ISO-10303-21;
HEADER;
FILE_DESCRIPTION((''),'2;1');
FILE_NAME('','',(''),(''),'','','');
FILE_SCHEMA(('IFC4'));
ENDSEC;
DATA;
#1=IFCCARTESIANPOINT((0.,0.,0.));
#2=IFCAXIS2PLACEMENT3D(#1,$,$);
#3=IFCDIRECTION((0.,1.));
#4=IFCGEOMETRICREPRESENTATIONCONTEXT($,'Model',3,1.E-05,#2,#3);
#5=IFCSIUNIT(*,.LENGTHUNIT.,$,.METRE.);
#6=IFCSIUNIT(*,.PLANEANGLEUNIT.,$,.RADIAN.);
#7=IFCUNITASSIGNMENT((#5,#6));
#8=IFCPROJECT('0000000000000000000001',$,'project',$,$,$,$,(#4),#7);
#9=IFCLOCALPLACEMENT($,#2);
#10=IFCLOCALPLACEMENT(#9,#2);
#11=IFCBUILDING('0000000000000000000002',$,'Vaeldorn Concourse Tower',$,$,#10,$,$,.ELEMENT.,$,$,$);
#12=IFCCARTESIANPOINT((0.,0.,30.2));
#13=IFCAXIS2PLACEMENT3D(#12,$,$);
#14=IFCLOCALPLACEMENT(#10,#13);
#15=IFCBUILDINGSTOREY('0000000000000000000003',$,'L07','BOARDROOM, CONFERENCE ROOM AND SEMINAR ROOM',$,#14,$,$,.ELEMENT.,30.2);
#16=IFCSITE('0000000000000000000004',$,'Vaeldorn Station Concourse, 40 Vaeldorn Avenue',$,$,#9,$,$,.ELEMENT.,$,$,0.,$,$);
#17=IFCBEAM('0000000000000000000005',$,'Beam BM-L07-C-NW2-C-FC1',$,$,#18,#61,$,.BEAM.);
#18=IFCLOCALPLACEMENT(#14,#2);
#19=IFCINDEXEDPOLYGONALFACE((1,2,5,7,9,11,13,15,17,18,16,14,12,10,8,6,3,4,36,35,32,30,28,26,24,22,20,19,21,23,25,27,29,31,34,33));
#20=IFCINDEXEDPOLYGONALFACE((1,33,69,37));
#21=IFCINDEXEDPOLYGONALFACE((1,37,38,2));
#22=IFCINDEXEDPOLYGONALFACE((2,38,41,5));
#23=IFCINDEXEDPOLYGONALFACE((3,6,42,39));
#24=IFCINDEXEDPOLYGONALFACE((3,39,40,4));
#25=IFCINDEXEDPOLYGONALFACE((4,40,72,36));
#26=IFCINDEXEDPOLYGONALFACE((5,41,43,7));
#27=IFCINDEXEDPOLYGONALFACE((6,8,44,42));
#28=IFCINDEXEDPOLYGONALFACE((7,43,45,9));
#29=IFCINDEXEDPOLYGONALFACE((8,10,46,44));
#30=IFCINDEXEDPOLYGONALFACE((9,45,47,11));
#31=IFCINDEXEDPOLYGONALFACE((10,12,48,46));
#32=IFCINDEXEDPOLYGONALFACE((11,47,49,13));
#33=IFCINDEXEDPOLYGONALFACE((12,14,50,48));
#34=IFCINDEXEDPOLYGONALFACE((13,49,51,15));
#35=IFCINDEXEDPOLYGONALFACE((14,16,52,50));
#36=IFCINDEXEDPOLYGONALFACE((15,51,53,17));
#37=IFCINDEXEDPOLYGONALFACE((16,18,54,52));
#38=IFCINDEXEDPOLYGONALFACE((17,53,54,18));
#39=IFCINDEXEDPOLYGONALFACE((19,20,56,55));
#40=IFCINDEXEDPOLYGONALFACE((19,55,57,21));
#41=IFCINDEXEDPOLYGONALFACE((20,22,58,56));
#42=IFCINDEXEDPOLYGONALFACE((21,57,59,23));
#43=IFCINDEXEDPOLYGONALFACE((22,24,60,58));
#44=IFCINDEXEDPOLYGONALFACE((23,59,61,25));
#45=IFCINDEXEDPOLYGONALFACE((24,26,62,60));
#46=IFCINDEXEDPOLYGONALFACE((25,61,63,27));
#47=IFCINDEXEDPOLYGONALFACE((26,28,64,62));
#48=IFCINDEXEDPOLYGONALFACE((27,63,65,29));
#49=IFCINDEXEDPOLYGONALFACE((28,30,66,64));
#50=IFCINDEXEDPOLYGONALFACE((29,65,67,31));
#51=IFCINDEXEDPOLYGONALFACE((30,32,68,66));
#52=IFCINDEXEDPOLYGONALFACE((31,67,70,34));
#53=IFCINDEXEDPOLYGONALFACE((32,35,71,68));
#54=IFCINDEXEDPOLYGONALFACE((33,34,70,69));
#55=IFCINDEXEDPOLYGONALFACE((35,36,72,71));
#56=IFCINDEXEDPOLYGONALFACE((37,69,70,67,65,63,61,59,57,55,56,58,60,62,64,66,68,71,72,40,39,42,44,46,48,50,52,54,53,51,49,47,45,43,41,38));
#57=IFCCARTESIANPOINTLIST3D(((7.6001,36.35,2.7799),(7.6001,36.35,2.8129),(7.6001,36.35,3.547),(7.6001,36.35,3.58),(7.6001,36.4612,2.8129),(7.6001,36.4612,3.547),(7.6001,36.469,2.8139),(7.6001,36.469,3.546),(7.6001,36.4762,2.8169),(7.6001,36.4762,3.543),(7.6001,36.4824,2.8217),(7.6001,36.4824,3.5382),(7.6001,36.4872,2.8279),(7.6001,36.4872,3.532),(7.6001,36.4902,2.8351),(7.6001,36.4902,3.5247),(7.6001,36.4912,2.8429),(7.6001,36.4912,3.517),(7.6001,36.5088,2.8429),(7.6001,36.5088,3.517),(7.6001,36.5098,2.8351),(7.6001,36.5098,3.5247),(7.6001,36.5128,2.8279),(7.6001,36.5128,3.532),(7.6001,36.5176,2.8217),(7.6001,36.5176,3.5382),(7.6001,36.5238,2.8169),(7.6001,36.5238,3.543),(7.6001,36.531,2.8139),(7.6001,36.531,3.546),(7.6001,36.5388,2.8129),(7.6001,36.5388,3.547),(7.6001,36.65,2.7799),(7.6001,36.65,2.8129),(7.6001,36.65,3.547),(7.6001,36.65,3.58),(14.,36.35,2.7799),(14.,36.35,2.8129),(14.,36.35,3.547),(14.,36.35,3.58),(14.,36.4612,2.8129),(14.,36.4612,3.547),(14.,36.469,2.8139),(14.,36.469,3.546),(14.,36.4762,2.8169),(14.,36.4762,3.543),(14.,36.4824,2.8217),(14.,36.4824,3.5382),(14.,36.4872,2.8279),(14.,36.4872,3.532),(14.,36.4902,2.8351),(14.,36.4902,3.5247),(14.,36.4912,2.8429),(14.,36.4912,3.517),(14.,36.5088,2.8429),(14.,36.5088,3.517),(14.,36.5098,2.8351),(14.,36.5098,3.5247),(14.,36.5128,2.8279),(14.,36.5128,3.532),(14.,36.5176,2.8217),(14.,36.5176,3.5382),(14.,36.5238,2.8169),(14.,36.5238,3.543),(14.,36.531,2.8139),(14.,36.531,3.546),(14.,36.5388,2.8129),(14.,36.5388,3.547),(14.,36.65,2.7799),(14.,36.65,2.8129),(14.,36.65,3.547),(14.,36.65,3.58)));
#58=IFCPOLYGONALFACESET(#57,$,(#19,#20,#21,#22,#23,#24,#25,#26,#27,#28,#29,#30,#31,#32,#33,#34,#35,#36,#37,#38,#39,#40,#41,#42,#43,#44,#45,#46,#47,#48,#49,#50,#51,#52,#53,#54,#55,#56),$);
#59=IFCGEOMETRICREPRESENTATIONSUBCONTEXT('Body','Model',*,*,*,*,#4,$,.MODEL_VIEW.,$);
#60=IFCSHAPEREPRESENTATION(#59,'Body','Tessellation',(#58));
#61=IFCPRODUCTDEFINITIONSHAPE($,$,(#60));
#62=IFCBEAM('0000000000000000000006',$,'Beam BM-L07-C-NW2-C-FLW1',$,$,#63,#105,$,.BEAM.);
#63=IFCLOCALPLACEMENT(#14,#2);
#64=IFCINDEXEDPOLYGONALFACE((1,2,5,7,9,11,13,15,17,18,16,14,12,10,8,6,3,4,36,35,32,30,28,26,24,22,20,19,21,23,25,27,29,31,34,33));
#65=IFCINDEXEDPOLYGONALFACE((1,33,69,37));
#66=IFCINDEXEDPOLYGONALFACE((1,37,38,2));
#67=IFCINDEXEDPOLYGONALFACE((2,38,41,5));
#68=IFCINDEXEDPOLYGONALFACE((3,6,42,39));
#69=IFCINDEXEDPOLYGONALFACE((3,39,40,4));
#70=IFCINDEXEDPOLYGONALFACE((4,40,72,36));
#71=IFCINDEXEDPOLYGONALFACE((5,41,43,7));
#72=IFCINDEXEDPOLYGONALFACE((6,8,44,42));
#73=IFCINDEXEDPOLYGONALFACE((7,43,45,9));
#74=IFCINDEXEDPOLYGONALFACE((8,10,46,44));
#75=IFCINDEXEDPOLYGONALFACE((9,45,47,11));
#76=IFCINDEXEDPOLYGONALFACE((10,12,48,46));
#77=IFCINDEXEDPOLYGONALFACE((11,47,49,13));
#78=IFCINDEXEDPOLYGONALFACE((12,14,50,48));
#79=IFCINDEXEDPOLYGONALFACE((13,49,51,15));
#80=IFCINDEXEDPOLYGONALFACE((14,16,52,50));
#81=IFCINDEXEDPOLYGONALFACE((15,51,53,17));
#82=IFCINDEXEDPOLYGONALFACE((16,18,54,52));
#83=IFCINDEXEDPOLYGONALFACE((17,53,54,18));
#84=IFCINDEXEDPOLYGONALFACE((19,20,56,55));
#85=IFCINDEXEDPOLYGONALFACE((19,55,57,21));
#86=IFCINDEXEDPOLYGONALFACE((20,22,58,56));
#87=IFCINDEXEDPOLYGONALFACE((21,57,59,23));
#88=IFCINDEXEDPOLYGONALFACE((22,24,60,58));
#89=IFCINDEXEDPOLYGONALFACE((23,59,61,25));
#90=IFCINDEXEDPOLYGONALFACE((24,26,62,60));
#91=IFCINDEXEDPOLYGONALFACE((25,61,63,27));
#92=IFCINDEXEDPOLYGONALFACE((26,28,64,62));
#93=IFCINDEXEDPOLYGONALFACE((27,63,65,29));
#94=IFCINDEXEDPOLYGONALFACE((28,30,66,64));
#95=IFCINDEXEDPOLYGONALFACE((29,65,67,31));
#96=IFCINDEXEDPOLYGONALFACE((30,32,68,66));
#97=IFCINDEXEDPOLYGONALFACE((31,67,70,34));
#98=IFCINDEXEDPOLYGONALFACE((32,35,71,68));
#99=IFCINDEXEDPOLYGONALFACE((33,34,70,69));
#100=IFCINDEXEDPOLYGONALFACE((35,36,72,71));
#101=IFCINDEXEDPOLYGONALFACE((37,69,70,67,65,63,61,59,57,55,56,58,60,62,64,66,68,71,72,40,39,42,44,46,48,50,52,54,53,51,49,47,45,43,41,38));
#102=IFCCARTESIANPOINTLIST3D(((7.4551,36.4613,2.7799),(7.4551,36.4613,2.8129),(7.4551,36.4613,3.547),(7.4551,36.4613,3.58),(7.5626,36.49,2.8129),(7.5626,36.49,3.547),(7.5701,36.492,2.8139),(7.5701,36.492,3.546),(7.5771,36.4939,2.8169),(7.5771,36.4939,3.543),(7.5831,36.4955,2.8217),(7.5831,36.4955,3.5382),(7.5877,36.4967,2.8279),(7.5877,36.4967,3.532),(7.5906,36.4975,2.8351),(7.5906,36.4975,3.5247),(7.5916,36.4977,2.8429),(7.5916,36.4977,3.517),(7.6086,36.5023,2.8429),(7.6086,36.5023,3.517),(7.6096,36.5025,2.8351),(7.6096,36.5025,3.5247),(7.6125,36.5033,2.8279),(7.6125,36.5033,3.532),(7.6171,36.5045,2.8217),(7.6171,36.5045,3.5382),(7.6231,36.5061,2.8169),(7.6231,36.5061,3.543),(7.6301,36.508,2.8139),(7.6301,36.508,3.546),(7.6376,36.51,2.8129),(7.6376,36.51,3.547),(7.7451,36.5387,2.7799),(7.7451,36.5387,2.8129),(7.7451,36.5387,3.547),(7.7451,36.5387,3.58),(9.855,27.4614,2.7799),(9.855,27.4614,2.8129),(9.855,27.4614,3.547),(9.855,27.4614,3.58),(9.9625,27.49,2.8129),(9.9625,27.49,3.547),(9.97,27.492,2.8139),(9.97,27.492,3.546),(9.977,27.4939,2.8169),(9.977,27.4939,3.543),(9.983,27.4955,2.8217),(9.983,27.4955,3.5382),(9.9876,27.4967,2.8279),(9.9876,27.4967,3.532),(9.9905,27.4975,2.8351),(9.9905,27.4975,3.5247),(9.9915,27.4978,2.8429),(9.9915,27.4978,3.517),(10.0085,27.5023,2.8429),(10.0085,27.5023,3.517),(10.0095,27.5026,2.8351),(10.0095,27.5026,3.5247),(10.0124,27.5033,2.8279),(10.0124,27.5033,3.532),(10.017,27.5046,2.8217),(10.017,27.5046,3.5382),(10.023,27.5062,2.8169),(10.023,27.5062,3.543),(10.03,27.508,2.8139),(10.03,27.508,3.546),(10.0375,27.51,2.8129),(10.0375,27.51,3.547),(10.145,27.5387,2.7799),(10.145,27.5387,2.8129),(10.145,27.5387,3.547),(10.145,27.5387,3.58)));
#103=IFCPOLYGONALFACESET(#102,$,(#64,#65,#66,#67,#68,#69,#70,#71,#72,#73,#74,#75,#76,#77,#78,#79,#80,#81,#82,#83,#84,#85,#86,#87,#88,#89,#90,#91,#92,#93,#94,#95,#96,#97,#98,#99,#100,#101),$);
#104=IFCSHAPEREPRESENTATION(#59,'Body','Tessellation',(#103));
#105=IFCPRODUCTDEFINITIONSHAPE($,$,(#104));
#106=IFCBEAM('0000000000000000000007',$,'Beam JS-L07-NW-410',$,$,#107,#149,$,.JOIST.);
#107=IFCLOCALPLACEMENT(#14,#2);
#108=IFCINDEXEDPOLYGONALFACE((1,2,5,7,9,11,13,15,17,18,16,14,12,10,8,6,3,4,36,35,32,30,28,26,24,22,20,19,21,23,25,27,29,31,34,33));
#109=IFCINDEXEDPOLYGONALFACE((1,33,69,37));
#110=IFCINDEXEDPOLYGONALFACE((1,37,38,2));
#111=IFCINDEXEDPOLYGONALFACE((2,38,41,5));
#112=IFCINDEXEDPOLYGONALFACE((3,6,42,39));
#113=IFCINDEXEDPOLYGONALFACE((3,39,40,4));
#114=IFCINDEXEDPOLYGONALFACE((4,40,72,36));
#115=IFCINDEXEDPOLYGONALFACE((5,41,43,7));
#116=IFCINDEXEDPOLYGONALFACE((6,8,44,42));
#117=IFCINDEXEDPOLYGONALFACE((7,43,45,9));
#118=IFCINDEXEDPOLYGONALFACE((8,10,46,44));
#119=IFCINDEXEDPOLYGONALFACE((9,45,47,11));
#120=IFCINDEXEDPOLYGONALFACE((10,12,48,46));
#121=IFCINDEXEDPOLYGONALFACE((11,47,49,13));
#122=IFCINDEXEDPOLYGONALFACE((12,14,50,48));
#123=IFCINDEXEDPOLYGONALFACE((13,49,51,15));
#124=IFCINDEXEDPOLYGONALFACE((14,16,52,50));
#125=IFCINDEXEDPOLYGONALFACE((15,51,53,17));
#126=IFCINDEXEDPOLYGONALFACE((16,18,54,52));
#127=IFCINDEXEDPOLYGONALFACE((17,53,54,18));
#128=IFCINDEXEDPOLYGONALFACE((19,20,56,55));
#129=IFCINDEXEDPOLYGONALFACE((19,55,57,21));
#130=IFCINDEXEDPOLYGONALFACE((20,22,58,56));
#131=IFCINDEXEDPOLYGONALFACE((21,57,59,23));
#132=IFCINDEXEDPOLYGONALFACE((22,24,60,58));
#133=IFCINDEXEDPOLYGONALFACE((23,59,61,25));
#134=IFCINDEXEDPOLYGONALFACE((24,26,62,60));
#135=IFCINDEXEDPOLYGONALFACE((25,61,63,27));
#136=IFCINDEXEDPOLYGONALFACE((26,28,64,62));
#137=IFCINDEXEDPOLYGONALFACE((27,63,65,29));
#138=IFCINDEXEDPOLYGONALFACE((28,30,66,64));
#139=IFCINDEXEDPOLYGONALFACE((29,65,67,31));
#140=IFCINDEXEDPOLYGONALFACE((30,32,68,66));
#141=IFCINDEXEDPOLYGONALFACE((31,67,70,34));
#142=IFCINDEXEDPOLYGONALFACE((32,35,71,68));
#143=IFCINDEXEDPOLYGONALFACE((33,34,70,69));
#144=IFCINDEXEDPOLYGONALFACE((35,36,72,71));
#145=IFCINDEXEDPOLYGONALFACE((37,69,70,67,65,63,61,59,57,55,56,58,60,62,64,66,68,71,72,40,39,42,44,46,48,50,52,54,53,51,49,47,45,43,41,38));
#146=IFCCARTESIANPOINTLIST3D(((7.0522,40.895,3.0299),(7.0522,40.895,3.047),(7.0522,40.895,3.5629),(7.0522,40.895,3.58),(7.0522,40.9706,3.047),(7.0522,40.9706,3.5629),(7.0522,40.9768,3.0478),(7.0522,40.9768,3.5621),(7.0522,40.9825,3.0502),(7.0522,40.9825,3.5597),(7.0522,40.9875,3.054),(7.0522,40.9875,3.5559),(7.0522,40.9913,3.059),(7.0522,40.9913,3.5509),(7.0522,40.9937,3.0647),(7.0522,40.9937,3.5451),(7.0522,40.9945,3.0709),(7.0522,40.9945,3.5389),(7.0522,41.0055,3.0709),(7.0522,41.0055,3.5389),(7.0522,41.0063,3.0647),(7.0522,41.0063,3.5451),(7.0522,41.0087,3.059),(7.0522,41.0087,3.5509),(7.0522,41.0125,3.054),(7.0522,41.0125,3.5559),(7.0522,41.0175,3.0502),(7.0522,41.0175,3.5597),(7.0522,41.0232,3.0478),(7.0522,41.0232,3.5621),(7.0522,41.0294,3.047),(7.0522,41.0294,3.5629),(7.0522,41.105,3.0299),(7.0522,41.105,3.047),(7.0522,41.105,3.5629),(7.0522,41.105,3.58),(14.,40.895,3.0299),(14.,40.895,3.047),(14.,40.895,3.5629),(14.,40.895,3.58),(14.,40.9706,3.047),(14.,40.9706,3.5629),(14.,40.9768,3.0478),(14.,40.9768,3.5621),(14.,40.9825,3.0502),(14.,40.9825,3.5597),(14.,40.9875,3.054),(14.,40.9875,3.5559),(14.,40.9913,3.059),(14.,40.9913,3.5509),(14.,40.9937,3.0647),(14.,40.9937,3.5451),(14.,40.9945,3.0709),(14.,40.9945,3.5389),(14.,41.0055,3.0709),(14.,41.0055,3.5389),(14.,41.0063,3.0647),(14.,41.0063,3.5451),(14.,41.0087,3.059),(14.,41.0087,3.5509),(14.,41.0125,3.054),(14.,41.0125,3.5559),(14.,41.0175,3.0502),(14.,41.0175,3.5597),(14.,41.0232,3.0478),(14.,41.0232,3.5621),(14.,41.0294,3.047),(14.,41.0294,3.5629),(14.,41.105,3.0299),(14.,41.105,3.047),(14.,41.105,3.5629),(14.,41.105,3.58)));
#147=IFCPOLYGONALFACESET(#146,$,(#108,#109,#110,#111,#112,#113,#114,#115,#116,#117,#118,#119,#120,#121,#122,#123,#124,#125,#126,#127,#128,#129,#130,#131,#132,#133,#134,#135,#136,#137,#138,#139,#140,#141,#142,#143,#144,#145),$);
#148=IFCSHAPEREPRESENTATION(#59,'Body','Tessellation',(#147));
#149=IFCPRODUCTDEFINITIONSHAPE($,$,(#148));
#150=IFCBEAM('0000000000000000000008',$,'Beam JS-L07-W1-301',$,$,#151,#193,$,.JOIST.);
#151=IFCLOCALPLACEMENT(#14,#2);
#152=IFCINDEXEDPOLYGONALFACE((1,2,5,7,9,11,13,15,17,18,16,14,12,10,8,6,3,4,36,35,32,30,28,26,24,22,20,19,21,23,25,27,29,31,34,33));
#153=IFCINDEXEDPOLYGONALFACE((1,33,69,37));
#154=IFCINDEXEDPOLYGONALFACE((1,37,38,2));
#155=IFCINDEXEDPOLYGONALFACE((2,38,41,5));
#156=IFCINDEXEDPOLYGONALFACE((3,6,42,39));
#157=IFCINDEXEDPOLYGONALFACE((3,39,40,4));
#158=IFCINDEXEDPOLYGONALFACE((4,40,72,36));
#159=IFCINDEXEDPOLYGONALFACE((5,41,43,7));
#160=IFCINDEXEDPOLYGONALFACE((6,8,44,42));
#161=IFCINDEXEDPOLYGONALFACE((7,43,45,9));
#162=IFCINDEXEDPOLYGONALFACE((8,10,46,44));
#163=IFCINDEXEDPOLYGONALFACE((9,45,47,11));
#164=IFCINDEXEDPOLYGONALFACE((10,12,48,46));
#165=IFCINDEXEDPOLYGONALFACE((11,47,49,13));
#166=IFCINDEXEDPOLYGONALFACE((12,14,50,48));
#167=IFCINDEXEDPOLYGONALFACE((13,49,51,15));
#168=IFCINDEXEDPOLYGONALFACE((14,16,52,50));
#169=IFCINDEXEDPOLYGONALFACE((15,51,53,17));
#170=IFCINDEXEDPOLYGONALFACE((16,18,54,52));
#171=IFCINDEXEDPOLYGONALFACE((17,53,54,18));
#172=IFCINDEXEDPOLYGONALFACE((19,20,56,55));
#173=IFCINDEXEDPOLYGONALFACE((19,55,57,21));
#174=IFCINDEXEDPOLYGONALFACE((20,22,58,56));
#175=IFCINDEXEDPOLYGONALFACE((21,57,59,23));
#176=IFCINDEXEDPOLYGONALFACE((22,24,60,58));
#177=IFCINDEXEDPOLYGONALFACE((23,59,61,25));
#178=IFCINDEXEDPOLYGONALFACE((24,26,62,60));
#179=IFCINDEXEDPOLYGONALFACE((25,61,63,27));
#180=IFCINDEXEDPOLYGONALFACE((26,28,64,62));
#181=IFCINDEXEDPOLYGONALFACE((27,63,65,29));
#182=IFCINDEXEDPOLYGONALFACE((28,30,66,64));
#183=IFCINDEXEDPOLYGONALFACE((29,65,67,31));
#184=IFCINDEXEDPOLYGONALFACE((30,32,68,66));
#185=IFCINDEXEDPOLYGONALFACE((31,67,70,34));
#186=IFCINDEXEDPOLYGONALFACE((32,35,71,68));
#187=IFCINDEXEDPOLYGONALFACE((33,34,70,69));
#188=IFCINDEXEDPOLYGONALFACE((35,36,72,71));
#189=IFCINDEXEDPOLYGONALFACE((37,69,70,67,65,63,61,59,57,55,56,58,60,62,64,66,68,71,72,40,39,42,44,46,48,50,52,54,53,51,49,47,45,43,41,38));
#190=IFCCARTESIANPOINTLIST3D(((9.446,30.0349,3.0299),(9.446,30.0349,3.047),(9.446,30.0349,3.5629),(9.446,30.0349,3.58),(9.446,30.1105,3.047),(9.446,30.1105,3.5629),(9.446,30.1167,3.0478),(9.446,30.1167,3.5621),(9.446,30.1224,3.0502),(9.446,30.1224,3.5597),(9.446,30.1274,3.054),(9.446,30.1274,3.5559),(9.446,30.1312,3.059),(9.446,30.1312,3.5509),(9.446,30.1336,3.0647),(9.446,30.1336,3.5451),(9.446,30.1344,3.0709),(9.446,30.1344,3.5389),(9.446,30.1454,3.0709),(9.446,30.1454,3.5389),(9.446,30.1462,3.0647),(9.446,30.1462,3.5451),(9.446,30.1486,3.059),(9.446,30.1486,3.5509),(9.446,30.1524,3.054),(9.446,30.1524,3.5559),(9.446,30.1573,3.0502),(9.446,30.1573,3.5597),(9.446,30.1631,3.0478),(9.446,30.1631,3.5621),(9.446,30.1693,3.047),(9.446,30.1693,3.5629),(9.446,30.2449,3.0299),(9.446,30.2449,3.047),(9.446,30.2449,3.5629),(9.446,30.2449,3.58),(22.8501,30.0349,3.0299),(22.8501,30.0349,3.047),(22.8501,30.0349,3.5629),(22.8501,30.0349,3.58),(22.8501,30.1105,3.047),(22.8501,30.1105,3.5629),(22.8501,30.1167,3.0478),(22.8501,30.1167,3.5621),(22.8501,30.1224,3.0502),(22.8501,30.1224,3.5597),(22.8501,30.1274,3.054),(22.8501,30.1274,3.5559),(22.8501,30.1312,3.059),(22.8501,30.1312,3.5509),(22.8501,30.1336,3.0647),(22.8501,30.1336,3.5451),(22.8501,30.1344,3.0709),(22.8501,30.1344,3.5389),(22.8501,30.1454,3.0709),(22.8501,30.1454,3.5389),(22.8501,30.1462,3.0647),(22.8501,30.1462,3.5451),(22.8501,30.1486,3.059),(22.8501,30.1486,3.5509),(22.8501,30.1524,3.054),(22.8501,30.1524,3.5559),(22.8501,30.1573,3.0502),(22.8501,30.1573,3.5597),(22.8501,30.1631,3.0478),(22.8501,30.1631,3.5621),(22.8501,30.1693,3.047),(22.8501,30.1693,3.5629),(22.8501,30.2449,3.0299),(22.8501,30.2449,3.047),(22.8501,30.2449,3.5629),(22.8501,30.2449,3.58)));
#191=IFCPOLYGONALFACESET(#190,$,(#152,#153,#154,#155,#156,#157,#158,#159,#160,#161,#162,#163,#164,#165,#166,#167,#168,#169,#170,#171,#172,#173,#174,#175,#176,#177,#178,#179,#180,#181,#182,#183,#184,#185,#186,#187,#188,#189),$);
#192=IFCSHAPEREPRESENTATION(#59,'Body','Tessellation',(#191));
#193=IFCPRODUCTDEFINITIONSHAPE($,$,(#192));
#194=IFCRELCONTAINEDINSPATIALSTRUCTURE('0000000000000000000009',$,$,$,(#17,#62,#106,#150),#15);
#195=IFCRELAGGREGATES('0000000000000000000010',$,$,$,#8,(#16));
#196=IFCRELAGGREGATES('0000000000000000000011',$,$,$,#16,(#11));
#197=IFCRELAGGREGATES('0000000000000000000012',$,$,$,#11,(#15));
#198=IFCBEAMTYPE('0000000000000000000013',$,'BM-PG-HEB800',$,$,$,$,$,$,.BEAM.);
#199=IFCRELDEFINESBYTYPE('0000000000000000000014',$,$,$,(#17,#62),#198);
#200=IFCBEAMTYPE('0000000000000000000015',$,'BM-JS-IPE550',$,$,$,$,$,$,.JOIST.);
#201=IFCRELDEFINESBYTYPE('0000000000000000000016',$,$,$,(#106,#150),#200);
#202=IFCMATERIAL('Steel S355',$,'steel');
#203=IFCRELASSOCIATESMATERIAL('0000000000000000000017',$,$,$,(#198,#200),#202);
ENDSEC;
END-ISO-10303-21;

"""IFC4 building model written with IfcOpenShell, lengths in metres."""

from ifc_helpers import new_model, si_unit, direction, frame, origin, origin_2d, place, context, subcontext, project, spatial, i_section, extrude, source, transform, mapped, material, material_profile, profile_set, type_object, element, save


model = new_model("IFC4")

# Units and contexts
model_context = context("Model", 3, precision=1e-05, world=origin(), true_north=direction((0.0, 1.0)))
body_context = subcontext(model_context, "Body", "Model", "MODEL_VIEW")
ifc_project = project(units=[si_unit("LENGTHUNIT", "METRE"), si_unit("PLANEANGLEUNIT", "RADIAN")], contexts=[model_context])

# Site, building, storey
site_placement = place(None, origin())
site = spatial("IfcSite", under=ifc_project, at=site_placement, Name="Vaeldorn Station Concourse, 40 Vaeldorn Avenue", CompositionType="ELEMENT", RefElevation=0.0)
building_placement = place(site_placement, origin())
building = spatial("IfcBuilding", under=site, at=building_placement, Name="Vaeldorn Concourse Tower", CompositionType="ELEMENT")
storey_placement = place(building_placement, frame((0.0, 0.0, 30.2)))
storey = spatial("IfcBuildingStorey", under=building, at=storey_placement, Name="L07", Description="BOARDROOM, CONFERENCE ROOM AND SEMINAR ROOM", CompositionType="ELEMENT", Elevation=30.2)

# Beams
ifc_material_1 = material(Name="Steel S355", Category="steel")
ifc_material_profile_1 = material_profile(ifc_material_1, i_section(OverallWidth=0.3, OverallDepth=0.8, WebThickness=0.0176, FlangeThickness=0.033, FilletRadius=0.03, at=origin_2d()), Name="HEB 800")
ifc_profile_set_1 = profile_set([ifc_material_profile_1], Name="Steel S355")
beam_type_1 = type_object("IfcBeamType", Name="BM-PG-HEB800", PredefinedType="BEAM", material=ifc_profile_set_1)
shared_shape_1 = source(origin(), body_context, "Body", "SweptSolid", [
    extrude(i_section(OverallWidth=0.3, OverallDepth=0.8, WebThickness=0.0176, FlangeThickness=0.033, FilletRadius=0.03, at=origin_2d()), origin(), (0.0, 0.0, 1.0), 6.3999),
])
beam_1_placement = place(storey_placement, frame((7.6001, 36.5, 3.1799), z_axis=(1.0, 0.0, 0.0), x_axis=(0.0, 1.0, 0.0)))
element("IfcBeam", 1, at=beam_1_placement, inside=storey, type_object=beam_type_1, Name="Beam BM-L07-C-NW2-C-FC1", PredefinedType="BEAM", context=body_context, shape_type="MappedRepresentation", body=[
    mapped(shared_shape_1, transform((0.0, 0.0, 0.0), scale=1.0)),
])
shared_shape_2 = source(origin(), body_context, "Body", "SweptSolid", [
    extrude(i_section(OverallWidth=0.3, OverallDepth=0.8, WebThickness=0.0176, FlangeThickness=0.033, FilletRadius=0.03, at=origin_2d()), origin(), (0.0, 0.0, 1.0), 9.3145),
])
beam_2_placement = place(storey_placement, frame((7.6001, 36.5, 3.1799), z_axis=(0.257653, -0.966238, 0.0), x_axis=(0.966238, 0.257653, 0.0)))
element("IfcBeam", 2, at=beam_2_placement, inside=storey, type_object=beam_type_1, Name="Beam BM-L07-C-NW2-C-FLW1", PredefinedType="BEAM", context=body_context, shape_type="MappedRepresentation", body=[
    mapped(shared_shape_2, transform((0.0, 0.0, 0.0), scale=1.0)),
])
ifc_material_profile_2 = material_profile(ifc_material_1, i_section(OverallWidth=0.21, OverallDepth=0.55, WebThickness=0.011, FlangeThickness=0.0171, FilletRadius=0.0239, at=origin_2d()), Name="IPE 550")
ifc_profile_set_2 = profile_set([ifc_material_profile_2], Name="Steel S355")
beam_type_2 = type_object("IfcBeamType", Name="BM-JS-IPE550", PredefinedType="JOIST", material=ifc_profile_set_2)
shared_shape_3 = source(origin(), body_context, "Body", "SweptSolid", [
    extrude(i_section(OverallWidth=0.21, OverallDepth=0.55, WebThickness=0.011, FlangeThickness=0.0171, FilletRadius=0.0239, at=origin_2d()), origin(), (0.0, 0.0, 1.0), 6.9478),
])
beam_3_placement = place(storey_placement, frame((7.0522, 41.0, 3.3049), z_axis=(1.0, 0.0, 0.0), x_axis=(0.0, 1.0, 0.0)))
element("IfcBeam", 3, at=beam_3_placement, inside=storey, type_object=beam_type_2, Name="Beam JS-L07-NW-410", PredefinedType="JOIST", context=body_context, shape_type="MappedRepresentation", body=[
    mapped(shared_shape_3, transform((0.0, 0.0, 0.0), scale=1.0)),
])
shared_shape_4 = source(origin(), body_context, "Body", "SweptSolid", [
    extrude(i_section(OverallWidth=0.21, OverallDepth=0.55, WebThickness=0.011, FlangeThickness=0.0171, FilletRadius=0.0239, at=origin_2d()), origin(), (0.0, 0.0, 1.0), 13.4041),
])
beam_4_placement = place(storey_placement, frame((9.446, 30.1399, 3.3049), z_axis=(1.0, 0.0, 0.0), x_axis=(0.0, 1.0, 0.0)))
element("IfcBeam", 4, at=beam_4_placement, inside=storey, type_object=beam_type_2, Name="Beam JS-L07-W1-301", PredefinedType="JOIST", context=body_context, shape_type="MappedRepresentation", body=[
    mapped(shared_shape_4, transform((0.0, 0.0, 0.0), scale=1.0)),
])

save(model, "model.ifc")
